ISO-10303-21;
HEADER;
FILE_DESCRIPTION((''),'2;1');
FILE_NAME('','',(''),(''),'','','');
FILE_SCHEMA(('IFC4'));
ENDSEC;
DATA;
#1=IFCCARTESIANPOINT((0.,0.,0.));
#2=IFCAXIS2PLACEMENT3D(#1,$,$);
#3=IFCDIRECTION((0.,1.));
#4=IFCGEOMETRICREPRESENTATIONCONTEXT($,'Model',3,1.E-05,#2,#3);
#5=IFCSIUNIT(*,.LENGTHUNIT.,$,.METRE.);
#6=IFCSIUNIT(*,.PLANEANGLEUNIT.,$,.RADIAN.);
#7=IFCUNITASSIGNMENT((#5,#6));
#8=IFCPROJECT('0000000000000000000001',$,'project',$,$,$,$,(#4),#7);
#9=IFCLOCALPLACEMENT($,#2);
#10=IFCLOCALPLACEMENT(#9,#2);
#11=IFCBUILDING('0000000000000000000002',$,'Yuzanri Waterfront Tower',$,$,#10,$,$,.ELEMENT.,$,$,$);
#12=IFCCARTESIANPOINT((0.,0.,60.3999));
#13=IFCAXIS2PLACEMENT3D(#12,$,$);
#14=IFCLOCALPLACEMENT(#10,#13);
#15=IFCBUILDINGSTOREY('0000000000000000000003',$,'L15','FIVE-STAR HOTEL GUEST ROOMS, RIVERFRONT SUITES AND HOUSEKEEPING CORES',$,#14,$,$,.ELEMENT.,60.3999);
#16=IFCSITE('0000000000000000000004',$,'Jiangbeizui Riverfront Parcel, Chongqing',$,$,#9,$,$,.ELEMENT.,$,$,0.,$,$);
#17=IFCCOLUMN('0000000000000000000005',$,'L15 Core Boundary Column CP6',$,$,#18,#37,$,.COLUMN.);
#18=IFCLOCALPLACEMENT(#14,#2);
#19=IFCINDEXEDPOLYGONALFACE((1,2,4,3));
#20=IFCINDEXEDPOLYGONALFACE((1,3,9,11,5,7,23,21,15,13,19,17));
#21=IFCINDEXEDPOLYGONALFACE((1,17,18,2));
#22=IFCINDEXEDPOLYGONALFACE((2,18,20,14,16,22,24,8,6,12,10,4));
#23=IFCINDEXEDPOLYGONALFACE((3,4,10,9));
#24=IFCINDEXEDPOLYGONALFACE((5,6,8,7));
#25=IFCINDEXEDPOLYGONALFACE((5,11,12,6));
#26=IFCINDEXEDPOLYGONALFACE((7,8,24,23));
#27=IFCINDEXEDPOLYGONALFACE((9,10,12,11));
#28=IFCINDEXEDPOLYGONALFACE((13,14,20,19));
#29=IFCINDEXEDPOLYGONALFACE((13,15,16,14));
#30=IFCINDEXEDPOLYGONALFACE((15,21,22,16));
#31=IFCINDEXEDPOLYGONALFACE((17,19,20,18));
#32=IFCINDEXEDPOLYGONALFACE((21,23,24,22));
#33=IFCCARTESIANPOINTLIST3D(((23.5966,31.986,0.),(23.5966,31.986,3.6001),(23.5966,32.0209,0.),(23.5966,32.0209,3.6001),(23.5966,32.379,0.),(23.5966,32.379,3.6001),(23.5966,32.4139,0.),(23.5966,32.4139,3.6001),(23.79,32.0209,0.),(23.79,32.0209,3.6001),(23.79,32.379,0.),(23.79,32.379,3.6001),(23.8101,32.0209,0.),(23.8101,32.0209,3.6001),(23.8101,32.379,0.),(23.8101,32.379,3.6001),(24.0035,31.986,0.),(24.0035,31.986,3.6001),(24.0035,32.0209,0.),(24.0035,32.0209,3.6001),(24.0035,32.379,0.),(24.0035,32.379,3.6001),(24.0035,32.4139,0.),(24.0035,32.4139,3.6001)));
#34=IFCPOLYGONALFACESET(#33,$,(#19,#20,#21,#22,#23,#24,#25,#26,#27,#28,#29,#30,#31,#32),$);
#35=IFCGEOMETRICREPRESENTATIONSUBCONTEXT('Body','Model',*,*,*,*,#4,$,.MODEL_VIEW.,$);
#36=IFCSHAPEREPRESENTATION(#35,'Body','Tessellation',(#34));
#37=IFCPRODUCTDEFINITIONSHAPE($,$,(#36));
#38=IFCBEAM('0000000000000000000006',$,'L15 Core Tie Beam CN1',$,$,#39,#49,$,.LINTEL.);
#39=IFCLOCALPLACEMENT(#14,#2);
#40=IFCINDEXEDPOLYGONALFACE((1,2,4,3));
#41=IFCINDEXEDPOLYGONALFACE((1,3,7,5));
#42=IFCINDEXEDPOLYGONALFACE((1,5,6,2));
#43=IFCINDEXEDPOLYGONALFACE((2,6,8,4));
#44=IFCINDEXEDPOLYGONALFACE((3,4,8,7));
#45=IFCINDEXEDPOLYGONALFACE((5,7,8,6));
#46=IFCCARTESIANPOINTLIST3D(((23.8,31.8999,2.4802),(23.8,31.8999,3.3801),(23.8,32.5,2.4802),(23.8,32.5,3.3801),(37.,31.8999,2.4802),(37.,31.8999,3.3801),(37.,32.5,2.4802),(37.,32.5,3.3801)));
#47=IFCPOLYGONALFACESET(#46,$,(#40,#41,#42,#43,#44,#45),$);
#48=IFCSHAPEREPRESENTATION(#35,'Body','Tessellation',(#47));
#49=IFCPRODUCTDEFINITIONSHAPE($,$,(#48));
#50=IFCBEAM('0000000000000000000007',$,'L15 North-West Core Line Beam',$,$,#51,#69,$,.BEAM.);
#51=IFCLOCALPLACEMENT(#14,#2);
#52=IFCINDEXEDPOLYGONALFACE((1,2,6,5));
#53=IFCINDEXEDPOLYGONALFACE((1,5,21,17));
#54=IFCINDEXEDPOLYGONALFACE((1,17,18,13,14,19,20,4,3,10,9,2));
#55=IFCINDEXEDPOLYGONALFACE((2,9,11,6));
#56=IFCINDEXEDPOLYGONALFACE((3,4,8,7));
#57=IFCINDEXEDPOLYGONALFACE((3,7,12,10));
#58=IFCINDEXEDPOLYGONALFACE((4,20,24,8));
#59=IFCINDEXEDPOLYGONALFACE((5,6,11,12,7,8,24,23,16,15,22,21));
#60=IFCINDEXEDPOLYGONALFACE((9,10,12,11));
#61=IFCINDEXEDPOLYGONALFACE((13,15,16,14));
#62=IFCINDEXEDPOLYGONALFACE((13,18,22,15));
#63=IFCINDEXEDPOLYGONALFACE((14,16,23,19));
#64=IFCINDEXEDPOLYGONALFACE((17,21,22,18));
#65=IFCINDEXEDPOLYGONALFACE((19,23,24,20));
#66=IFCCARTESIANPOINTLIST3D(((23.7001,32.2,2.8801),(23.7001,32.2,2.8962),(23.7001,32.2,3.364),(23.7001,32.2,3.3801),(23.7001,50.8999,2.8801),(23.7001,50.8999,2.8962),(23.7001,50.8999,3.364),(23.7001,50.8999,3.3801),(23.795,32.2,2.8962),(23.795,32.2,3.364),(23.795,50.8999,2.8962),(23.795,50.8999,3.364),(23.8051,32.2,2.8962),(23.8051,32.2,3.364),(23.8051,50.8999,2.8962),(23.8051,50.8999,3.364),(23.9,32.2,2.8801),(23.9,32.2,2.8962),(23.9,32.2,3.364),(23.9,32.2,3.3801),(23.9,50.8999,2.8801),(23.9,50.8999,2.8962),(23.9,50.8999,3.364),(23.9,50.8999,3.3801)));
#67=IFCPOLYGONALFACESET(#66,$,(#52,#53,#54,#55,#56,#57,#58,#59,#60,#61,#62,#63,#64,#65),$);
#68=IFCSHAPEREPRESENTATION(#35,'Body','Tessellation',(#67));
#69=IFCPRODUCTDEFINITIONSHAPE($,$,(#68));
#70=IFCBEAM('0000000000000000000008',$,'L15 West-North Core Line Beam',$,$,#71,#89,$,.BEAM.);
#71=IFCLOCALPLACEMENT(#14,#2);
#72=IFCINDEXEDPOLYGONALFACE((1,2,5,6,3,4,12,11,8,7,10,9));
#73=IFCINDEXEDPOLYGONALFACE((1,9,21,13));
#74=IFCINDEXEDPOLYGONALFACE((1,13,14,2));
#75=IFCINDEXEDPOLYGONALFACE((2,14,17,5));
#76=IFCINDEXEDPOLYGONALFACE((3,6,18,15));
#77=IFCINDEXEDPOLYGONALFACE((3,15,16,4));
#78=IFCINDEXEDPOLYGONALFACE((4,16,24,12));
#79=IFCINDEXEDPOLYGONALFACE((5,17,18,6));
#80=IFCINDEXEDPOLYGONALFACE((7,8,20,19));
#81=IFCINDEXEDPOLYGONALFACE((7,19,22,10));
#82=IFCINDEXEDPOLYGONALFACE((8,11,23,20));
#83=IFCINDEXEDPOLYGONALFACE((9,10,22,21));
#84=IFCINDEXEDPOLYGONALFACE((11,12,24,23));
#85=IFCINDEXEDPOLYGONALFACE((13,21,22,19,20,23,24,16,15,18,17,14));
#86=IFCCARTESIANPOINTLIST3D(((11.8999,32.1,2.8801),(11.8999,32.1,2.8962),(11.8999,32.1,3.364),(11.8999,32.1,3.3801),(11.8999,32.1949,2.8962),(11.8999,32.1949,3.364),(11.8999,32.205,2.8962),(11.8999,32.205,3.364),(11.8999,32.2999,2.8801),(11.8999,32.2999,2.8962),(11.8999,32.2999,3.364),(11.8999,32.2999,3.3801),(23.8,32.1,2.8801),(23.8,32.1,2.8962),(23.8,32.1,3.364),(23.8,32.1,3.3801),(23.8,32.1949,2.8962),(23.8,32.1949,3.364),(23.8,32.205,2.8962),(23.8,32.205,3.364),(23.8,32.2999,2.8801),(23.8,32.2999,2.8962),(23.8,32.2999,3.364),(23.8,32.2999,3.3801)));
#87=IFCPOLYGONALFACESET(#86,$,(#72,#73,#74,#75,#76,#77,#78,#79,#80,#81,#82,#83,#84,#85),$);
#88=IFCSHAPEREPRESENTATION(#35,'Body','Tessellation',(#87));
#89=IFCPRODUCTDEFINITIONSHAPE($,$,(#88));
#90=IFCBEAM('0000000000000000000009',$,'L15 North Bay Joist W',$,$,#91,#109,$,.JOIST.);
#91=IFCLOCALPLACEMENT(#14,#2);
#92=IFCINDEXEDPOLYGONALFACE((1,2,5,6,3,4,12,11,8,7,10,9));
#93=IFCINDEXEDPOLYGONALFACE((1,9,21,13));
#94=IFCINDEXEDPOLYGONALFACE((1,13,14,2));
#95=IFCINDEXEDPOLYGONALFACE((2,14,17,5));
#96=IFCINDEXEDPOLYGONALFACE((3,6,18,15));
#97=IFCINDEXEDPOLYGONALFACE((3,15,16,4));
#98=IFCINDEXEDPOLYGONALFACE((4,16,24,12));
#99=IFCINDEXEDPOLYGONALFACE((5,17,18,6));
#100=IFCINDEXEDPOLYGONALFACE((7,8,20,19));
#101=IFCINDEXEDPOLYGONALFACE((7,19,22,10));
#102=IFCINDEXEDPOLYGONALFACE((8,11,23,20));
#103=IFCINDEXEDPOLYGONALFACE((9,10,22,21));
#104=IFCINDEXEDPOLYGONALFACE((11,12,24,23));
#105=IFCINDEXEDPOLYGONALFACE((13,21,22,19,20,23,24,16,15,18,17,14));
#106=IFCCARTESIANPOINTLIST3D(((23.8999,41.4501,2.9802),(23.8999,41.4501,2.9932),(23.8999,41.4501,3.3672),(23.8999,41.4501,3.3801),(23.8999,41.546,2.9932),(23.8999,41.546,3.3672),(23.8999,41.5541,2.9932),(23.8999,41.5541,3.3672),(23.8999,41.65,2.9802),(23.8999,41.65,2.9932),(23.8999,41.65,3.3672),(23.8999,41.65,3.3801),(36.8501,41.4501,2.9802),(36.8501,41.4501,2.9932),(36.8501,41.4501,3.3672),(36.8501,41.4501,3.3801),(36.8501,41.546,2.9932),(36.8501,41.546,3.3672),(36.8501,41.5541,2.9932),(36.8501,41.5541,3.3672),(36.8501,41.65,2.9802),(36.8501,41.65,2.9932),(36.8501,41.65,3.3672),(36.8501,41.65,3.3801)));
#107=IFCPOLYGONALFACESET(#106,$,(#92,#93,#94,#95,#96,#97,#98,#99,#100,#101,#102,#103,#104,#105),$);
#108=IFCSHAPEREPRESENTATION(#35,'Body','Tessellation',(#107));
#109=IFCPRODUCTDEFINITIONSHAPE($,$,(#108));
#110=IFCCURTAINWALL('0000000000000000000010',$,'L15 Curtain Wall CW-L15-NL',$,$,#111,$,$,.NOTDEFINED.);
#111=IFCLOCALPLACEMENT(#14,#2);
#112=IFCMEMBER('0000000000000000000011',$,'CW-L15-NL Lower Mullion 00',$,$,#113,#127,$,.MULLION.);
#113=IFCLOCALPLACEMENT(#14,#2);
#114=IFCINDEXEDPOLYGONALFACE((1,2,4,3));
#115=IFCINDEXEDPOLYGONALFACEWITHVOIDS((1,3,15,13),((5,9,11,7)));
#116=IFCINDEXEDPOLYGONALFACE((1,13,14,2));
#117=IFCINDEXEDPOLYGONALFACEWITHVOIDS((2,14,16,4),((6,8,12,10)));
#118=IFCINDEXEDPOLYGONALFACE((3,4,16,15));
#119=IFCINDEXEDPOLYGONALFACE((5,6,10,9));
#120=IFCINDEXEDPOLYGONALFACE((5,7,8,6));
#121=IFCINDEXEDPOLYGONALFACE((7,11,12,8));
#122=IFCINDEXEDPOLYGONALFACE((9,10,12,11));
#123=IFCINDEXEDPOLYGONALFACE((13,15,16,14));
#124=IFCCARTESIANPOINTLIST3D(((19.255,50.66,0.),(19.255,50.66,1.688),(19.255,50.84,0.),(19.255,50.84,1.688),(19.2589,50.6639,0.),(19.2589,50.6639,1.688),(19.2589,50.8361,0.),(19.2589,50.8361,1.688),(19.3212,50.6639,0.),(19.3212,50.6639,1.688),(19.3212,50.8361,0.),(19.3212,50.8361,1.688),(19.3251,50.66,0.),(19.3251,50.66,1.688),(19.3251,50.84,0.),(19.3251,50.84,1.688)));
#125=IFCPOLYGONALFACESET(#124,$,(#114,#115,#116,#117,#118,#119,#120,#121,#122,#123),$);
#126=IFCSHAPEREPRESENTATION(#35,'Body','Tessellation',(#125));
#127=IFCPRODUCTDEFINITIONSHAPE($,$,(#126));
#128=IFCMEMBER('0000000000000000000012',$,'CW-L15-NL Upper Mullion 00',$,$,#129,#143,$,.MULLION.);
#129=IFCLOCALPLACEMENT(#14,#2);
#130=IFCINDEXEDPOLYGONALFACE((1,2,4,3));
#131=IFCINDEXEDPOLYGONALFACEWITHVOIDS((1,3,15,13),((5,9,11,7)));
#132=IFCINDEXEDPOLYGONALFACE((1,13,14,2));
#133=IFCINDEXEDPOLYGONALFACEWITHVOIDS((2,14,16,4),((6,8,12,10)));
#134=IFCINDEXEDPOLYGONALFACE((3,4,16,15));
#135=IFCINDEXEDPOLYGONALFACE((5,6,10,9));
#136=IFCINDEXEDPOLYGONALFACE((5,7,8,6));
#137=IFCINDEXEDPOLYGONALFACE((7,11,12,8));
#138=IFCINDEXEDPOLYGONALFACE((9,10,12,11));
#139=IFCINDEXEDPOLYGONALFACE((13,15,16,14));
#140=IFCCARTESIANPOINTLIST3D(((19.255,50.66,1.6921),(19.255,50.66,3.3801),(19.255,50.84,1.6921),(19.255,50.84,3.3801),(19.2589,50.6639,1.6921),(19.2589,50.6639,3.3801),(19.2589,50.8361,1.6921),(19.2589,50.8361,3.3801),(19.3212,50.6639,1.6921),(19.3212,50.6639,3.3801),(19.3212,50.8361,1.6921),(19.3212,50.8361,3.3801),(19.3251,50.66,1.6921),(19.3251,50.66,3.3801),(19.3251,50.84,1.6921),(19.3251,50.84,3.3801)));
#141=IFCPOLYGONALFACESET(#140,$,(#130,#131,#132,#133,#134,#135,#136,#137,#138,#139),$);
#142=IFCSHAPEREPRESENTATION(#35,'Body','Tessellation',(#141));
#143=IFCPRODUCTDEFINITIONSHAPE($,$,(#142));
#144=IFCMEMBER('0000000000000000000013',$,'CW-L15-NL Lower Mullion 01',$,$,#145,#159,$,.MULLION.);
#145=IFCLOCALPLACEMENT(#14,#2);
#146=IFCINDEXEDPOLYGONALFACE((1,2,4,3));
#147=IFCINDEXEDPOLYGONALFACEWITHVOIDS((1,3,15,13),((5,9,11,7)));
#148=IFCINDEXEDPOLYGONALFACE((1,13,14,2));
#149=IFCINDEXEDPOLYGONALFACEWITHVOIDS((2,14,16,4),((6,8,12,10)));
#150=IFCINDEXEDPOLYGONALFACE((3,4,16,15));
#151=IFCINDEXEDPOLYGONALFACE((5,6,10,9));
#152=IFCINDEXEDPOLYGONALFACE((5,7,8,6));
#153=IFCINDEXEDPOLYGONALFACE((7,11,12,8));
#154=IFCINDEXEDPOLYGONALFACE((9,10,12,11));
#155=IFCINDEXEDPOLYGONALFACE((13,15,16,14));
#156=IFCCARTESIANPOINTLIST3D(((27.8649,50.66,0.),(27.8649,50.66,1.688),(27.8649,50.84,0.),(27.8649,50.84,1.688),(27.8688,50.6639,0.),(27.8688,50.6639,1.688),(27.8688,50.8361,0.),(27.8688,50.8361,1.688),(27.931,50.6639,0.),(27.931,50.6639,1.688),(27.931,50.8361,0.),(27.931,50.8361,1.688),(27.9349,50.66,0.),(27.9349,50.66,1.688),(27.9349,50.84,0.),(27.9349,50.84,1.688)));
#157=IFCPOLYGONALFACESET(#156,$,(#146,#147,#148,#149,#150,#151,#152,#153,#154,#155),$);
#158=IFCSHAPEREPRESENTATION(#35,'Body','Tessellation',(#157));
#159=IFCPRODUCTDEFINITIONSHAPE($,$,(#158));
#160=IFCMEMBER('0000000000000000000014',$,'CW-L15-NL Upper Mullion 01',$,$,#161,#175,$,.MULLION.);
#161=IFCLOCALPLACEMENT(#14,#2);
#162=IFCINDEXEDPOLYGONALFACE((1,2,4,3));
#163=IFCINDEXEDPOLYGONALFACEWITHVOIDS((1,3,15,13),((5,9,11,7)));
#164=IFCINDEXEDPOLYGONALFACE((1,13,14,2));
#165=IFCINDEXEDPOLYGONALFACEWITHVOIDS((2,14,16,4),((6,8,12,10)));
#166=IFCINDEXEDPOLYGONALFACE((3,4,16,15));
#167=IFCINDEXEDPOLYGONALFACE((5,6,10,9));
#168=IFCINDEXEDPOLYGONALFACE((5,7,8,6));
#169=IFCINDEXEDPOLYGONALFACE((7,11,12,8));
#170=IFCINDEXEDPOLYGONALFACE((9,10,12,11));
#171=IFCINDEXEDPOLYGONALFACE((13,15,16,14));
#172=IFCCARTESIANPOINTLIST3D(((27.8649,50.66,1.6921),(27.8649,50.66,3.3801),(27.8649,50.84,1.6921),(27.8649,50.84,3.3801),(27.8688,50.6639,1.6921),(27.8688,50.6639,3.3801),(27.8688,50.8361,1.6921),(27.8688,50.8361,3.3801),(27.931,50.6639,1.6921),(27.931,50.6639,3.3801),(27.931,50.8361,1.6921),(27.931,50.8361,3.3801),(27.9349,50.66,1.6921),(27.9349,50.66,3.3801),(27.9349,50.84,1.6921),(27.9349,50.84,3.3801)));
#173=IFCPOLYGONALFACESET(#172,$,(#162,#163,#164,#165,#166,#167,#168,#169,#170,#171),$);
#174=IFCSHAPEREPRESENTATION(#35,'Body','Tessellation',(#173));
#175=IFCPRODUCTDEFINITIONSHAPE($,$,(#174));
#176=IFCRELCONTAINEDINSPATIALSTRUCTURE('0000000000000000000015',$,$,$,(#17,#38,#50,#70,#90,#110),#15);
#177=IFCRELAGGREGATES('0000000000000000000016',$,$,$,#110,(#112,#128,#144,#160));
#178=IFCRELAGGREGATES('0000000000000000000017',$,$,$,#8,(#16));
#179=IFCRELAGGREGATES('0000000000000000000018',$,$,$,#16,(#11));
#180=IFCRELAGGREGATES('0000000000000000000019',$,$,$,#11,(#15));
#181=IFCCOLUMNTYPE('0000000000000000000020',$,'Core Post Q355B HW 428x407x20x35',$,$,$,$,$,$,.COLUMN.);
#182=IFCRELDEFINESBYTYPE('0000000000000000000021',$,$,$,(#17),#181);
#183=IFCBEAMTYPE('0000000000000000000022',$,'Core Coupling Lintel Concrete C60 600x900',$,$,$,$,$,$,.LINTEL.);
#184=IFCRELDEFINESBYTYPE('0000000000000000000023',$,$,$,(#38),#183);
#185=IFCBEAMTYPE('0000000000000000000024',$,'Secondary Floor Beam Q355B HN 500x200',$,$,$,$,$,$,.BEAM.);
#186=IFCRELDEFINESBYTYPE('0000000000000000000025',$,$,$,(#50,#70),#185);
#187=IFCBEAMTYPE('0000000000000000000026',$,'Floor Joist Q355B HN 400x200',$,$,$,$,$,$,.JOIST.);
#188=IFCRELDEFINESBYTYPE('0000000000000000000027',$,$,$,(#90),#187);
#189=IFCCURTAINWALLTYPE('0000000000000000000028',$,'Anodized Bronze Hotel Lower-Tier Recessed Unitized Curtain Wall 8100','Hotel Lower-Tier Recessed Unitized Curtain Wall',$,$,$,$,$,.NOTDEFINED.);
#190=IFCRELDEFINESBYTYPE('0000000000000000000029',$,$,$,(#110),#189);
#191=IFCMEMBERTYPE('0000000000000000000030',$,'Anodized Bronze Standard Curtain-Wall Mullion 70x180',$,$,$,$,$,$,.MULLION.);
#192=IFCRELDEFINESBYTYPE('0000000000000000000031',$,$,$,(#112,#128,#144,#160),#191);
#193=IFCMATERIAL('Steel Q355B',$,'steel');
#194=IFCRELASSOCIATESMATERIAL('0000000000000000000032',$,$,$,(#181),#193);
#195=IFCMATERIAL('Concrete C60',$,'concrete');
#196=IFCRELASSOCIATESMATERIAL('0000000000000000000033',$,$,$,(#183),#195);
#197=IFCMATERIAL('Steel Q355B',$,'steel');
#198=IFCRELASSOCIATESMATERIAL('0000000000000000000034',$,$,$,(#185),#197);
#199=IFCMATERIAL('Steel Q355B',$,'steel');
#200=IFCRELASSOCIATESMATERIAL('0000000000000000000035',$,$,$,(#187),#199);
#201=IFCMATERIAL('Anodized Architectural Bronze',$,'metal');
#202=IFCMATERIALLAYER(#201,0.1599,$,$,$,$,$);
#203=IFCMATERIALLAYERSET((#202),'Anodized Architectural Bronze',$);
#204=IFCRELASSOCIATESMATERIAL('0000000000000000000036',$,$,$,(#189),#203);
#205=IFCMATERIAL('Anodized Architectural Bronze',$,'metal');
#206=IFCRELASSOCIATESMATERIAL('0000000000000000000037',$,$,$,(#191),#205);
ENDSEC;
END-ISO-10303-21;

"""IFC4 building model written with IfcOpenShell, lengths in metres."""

from ifc_helpers import new_model, si_unit, direction, frame, origin, origin_2d, place, context, subcontext, project, spatial, rectangle, hollow_rectangle, i_section, extrude, source, transform, mapped, material, layer, layer_set, material_profile, profile_set, type_object, element, aggregate, save


model = new_model("IFC4")

# Units and contexts
model_context = context("Model", 3, precision=1e-05, world=origin(), true_north=direction((0.0, 1.0)))
body_context = subcontext(model_context, "Body", "Model", "MODEL_VIEW")
ifc_project = project(units=[si_unit("LENGTHUNIT", "METRE"), si_unit("PLANEANGLEUNIT", "RADIAN")], contexts=[model_context])

# Site, building, storey
site_placement = place(None, origin())
site = spatial("IfcSite", under=ifc_project, at=site_placement, Name="Jiangbeizui Riverfront Parcel, Chongqing", CompositionType="ELEMENT", RefElevation=0.0)
building_placement = place(site_placement, origin())
building = spatial("IfcBuilding", under=site, at=building_placement, Name="Yuzanri Waterfront Tower", CompositionType="ELEMENT")
storey_placement = place(building_placement, frame((0.0, 0.0, 60.3999)))
storey = spatial("IfcBuildingStorey", under=building, at=storey_placement, Name="L15", Description="FIVE-STAR HOTEL GUEST ROOMS, RIVERFRONT SUITES AND HOUSEKEEPING CORES", CompositionType="ELEMENT", Elevation=60.3999)

# Column
ifc_material_1 = material(Name="Steel Q355B", Category="steel")
ifc_material_profile_1 = material_profile(ifc_material_1, i_section(OverallWidth=0.407, OverallDepth=0.428, WebThickness=0.02, FlangeThickness=0.0349, at=origin_2d()), Name="HW 428x407x20x35")
ifc_profile_set_1 = profile_set([ifc_material_profile_1], Name="Steel Q355B")
column_type = type_object("IfcColumnType", Name="Core Post Q355B HW 428x407x20x35", PredefinedType="COLUMN", material=ifc_profile_set_1)
shared_shape_1 = source(origin(), body_context, "Body", "SweptSolid", [
    extrude(i_section(OverallWidth=0.407, OverallDepth=0.428, WebThickness=0.02, FlangeThickness=0.0349, at=origin_2d()), origin(), (0.0, 0.0, 1.0), 3.6001),
])
column_placement = place(storey_placement, frame((23.8, 32.2, 0.0), z_axis=(0.0, 0.0, 1.0), x_axis=(1.0, 0.0, 0.0)))
element("IfcColumn", 1, at=column_placement, inside=storey, type_object=column_type, Name="L15 Core Boundary Column CP6", PredefinedType="COLUMN", context=body_context, shape_type="MappedRepresentation", body=[
    mapped(shared_shape_1, transform((0.0, 0.0, 0.0), scale=1.0)),
])

# Beams
ifc_material_2 = material(Name="Concrete C60", Category="concrete")
ifc_material_profile_2 = material_profile(ifc_material_2, rectangle(XDim=0.6001, YDim=0.8999, at=origin_2d()), Name="RC 600x900")
ifc_profile_set_2 = profile_set([ifc_material_profile_2], Name="Concrete C60")
beam_type_1 = type_object("IfcBeamType", Name="Core Coupling Lintel Concrete C60 600x900", PredefinedType="LINTEL", material=ifc_profile_set_2)
shared_shape_2 = source(origin(), body_context, "Body", "SweptSolid", [
    extrude(rectangle(XDim=0.6001, YDim=0.8999, at=origin_2d()), origin(), (0.0, 0.0, 1.0), 13.2),
])
beam_1_placement = place(storey_placement, frame((23.8, 32.2, 2.9302), z_axis=(1.0, 0.0, 0.0), x_axis=(0.0, 1.0, 0.0)))
element("IfcBeam", 2, at=beam_1_placement, inside=storey, type_object=beam_type_1, Name="L15 Core Tie Beam CN1", PredefinedType="LINTEL", context=body_context, shape_type="MappedRepresentation", body=[
    mapped(shared_shape_2, transform((0.0, 0.0, 0.0), scale=1.0)),
])
ifc_material_3 = material(Name="Steel Q355B", Category="steel")
ifc_material_profile_3 = material_profile(ifc_material_3, i_section(OverallWidth=0.2, OverallDepth=0.5, WebThickness=0.01, FlangeThickness=0.0161, at=origin_2d()), Name="HN 500x200x10x16")
ifc_profile_set_3 = profile_set([ifc_material_profile_3], Name="Steel Q355B")
beam_type_2 = type_object("IfcBeamType", Name="Secondary Floor Beam Q355B HN 500x200", PredefinedType="BEAM", material=ifc_profile_set_3)
shared_shape_3 = source(origin(), body_context, "Body", "SweptSolid", [
    extrude(i_section(OverallWidth=0.2, OverallDepth=0.5, WebThickness=0.01, FlangeThickness=0.0161, at=origin_2d()), origin(), (0.0, 0.0, 1.0), 18.7),
])
beam_2_placement = place(storey_placement, frame((23.8, 32.2, 3.1301), z_axis=(0.0, 1.0, 0.0), x_axis=(-1.0, 0.0, 0.0)))
element("IfcBeam", 3, at=beam_2_placement, inside=storey, type_object=beam_type_2, Name="L15 North-West Core Line Beam", PredefinedType="BEAM", context=body_context, shape_type="MappedRepresentation", body=[
    mapped(shared_shape_3, transform((0.0, 0.0, 0.0), scale=1.0)),
])
shared_shape_4 = source(origin(), body_context, "Body", "SweptSolid", [
    extrude(i_section(OverallWidth=0.2, OverallDepth=0.5, WebThickness=0.01, FlangeThickness=0.0161, at=origin_2d()), origin(), (0.0, 0.0, 1.0), 11.9001),
])
beam_3_placement = place(storey_placement, frame((23.8, 32.2, 3.1301), z_axis=(-1.0, 0.0, 0.0), x_axis=(0.0, -1.0, 0.0)))
element("IfcBeam", 4, at=beam_3_placement, inside=storey, type_object=beam_type_2, Name="L15 West-North Core Line Beam", PredefinedType="BEAM", context=body_context, shape_type="MappedRepresentation", body=[
    mapped(shared_shape_4, transform((0.0, 0.0, 0.0), scale=1.0)),
])
ifc_material_4 = material(Name="Steel Q355B", Category="steel")
ifc_material_profile_4 = material_profile(ifc_material_4, i_section(OverallWidth=0.2, OverallDepth=0.3999, WebThickness=0.0081, FlangeThickness=0.0129, at=origin_2d()), Name="HN 400x200x8x13")
ifc_profile_set_4 = profile_set([ifc_material_profile_4], Name="Steel Q355B")
beam_type_3 = type_object("IfcBeamType", Name="Floor Joist Q355B HN 400x200", PredefinedType="JOIST", material=ifc_profile_set_4)
shared_shape_5 = source(origin(), body_context, "Body", "SweptSolid", [
    extrude(i_section(OverallWidth=0.2, OverallDepth=0.3999, WebThickness=0.0081, FlangeThickness=0.0129, at=origin_2d()), origin(), (0.0, 0.0, 1.0), 12.9502),
])
beam_4_placement = place(storey_placement, frame((23.8999, 41.55, 3.1802), z_axis=(1.0, 0.0, 0.0), x_axis=(0.0, 1.0, 0.0)))
element("IfcBeam", 5, at=beam_4_placement, inside=storey, type_object=beam_type_3, Name="L15 North Bay Joist W", PredefinedType="JOIST", context=body_context, shape_type="MappedRepresentation", body=[
    mapped(shared_shape_5, transform((0.0, 0.0, 0.0), scale=1.0)),
])

# Curtain wall, members
ifc_material_5 = material(Name="Anodized Architectural Bronze", Category="metal")
ifc_layer_1 = layer(ifc_material_5, 0.1599)
ifc_layer_set_1 = layer_set([ifc_layer_1], Name="Anodized Architectural Bronze")
curtain_wall_type = type_object("IfcCurtainWallType", Name="Anodized Bronze Hotel Lower-Tier Recessed Unitized Curtain Wall 8100", Description="Hotel Lower-Tier Recessed Unitized Curtain Wall", PredefinedType="NOTDEFINED", material=ifc_layer_set_1)
curtain_wall_placement = place(storey_placement, origin())
curtain_wall = element("IfcCurtainWall", 6, at=curtain_wall_placement, inside=storey, type_object=curtain_wall_type, Name="L15 Curtain Wall CW-L15-NL", PredefinedType="NOTDEFINED")
ifc_material_6 = material(Name="Anodized Architectural Bronze", Category="metal")
ifc_material_profile_5 = material_profile(ifc_material_6, hollow_rectangle(XDim=0.0701, YDim=0.1799, WallThickness=0.0039, at=origin_2d()), Name="CWM 70x180")
ifc_profile_set_5 = profile_set([ifc_material_profile_5], Name="Anodized Architectural Bronze")
member_type_1 = type_object("IfcMemberType", Name="Anodized Bronze Standard Curtain-Wall Mullion 70x180", PredefinedType="MULLION", material=ifc_profile_set_5)
shared_shape_6 = source(origin(), body_context, "Body", "SweptSolid", [
    extrude(hollow_rectangle(XDim=0.0701, YDim=0.1799, WallThickness=0.0039, at=origin_2d()), origin(), (0.0, 0.0, 1.0), 1.688),
])
member_1_placement = place(storey_placement, frame((19.29, 50.75, 0.0), z_axis=(0.0, 0.0, 1.0), x_axis=(1.0, 0.0, 0.0)))
member_1 = element("IfcMember", 7, at=member_1_placement, type_object=member_type_1, Name="CW-L15-NL Lower Mullion 00", PredefinedType="MULLION", context=body_context, shape_type="MappedRepresentation", body=[
    mapped(shared_shape_6, transform((0.0, 0.0, 0.0), scale=1.0)),
])
member_2_placement = place(storey_placement, frame((19.29, 50.75, 1.6921), z_axis=(0.0, 0.0, 1.0), x_axis=(1.0, 0.0, 0.0)))
member_2 = element("IfcMember", 8, at=member_2_placement, type_object=member_type_1, Name="CW-L15-NL Upper Mullion 00", PredefinedType="MULLION", context=body_context, shape_type="MappedRepresentation", body=[
    mapped(shared_shape_6, transform((0.0, 0.0, 0.0), scale=1.0)),
])
member_3_placement = place(storey_placement, frame((27.8999, 50.75, 0.0), z_axis=(0.0, 0.0, 1.0), x_axis=(1.0, 0.0, 0.0)))
member_3 = element("IfcMember", 9, at=member_3_placement, type_object=member_type_1, Name="CW-L15-NL Lower Mullion 01", PredefinedType="MULLION", context=body_context, shape_type="MappedRepresentation", body=[
    mapped(shared_shape_6, transform((0.0, 0.0, 0.0), scale=1.0)),
])
member_4_placement = place(storey_placement, frame((27.8999, 50.75, 1.6921), z_axis=(0.0, 0.0, 1.0), x_axis=(1.0, 0.0, 0.0)))
member_4 = element("IfcMember", 10, at=member_4_placement, type_object=member_type_1, Name="CW-L15-NL Upper Mullion 01", PredefinedType="MULLION", context=body_context, shape_type="MappedRepresentation", body=[
    mapped(shared_shape_6, transform((0.0, 0.0, 0.0), scale=1.0)),
])
aggregate(curtain_wall, [member_1, member_2, member_3, member_4])

save(model, "model.ifc")
